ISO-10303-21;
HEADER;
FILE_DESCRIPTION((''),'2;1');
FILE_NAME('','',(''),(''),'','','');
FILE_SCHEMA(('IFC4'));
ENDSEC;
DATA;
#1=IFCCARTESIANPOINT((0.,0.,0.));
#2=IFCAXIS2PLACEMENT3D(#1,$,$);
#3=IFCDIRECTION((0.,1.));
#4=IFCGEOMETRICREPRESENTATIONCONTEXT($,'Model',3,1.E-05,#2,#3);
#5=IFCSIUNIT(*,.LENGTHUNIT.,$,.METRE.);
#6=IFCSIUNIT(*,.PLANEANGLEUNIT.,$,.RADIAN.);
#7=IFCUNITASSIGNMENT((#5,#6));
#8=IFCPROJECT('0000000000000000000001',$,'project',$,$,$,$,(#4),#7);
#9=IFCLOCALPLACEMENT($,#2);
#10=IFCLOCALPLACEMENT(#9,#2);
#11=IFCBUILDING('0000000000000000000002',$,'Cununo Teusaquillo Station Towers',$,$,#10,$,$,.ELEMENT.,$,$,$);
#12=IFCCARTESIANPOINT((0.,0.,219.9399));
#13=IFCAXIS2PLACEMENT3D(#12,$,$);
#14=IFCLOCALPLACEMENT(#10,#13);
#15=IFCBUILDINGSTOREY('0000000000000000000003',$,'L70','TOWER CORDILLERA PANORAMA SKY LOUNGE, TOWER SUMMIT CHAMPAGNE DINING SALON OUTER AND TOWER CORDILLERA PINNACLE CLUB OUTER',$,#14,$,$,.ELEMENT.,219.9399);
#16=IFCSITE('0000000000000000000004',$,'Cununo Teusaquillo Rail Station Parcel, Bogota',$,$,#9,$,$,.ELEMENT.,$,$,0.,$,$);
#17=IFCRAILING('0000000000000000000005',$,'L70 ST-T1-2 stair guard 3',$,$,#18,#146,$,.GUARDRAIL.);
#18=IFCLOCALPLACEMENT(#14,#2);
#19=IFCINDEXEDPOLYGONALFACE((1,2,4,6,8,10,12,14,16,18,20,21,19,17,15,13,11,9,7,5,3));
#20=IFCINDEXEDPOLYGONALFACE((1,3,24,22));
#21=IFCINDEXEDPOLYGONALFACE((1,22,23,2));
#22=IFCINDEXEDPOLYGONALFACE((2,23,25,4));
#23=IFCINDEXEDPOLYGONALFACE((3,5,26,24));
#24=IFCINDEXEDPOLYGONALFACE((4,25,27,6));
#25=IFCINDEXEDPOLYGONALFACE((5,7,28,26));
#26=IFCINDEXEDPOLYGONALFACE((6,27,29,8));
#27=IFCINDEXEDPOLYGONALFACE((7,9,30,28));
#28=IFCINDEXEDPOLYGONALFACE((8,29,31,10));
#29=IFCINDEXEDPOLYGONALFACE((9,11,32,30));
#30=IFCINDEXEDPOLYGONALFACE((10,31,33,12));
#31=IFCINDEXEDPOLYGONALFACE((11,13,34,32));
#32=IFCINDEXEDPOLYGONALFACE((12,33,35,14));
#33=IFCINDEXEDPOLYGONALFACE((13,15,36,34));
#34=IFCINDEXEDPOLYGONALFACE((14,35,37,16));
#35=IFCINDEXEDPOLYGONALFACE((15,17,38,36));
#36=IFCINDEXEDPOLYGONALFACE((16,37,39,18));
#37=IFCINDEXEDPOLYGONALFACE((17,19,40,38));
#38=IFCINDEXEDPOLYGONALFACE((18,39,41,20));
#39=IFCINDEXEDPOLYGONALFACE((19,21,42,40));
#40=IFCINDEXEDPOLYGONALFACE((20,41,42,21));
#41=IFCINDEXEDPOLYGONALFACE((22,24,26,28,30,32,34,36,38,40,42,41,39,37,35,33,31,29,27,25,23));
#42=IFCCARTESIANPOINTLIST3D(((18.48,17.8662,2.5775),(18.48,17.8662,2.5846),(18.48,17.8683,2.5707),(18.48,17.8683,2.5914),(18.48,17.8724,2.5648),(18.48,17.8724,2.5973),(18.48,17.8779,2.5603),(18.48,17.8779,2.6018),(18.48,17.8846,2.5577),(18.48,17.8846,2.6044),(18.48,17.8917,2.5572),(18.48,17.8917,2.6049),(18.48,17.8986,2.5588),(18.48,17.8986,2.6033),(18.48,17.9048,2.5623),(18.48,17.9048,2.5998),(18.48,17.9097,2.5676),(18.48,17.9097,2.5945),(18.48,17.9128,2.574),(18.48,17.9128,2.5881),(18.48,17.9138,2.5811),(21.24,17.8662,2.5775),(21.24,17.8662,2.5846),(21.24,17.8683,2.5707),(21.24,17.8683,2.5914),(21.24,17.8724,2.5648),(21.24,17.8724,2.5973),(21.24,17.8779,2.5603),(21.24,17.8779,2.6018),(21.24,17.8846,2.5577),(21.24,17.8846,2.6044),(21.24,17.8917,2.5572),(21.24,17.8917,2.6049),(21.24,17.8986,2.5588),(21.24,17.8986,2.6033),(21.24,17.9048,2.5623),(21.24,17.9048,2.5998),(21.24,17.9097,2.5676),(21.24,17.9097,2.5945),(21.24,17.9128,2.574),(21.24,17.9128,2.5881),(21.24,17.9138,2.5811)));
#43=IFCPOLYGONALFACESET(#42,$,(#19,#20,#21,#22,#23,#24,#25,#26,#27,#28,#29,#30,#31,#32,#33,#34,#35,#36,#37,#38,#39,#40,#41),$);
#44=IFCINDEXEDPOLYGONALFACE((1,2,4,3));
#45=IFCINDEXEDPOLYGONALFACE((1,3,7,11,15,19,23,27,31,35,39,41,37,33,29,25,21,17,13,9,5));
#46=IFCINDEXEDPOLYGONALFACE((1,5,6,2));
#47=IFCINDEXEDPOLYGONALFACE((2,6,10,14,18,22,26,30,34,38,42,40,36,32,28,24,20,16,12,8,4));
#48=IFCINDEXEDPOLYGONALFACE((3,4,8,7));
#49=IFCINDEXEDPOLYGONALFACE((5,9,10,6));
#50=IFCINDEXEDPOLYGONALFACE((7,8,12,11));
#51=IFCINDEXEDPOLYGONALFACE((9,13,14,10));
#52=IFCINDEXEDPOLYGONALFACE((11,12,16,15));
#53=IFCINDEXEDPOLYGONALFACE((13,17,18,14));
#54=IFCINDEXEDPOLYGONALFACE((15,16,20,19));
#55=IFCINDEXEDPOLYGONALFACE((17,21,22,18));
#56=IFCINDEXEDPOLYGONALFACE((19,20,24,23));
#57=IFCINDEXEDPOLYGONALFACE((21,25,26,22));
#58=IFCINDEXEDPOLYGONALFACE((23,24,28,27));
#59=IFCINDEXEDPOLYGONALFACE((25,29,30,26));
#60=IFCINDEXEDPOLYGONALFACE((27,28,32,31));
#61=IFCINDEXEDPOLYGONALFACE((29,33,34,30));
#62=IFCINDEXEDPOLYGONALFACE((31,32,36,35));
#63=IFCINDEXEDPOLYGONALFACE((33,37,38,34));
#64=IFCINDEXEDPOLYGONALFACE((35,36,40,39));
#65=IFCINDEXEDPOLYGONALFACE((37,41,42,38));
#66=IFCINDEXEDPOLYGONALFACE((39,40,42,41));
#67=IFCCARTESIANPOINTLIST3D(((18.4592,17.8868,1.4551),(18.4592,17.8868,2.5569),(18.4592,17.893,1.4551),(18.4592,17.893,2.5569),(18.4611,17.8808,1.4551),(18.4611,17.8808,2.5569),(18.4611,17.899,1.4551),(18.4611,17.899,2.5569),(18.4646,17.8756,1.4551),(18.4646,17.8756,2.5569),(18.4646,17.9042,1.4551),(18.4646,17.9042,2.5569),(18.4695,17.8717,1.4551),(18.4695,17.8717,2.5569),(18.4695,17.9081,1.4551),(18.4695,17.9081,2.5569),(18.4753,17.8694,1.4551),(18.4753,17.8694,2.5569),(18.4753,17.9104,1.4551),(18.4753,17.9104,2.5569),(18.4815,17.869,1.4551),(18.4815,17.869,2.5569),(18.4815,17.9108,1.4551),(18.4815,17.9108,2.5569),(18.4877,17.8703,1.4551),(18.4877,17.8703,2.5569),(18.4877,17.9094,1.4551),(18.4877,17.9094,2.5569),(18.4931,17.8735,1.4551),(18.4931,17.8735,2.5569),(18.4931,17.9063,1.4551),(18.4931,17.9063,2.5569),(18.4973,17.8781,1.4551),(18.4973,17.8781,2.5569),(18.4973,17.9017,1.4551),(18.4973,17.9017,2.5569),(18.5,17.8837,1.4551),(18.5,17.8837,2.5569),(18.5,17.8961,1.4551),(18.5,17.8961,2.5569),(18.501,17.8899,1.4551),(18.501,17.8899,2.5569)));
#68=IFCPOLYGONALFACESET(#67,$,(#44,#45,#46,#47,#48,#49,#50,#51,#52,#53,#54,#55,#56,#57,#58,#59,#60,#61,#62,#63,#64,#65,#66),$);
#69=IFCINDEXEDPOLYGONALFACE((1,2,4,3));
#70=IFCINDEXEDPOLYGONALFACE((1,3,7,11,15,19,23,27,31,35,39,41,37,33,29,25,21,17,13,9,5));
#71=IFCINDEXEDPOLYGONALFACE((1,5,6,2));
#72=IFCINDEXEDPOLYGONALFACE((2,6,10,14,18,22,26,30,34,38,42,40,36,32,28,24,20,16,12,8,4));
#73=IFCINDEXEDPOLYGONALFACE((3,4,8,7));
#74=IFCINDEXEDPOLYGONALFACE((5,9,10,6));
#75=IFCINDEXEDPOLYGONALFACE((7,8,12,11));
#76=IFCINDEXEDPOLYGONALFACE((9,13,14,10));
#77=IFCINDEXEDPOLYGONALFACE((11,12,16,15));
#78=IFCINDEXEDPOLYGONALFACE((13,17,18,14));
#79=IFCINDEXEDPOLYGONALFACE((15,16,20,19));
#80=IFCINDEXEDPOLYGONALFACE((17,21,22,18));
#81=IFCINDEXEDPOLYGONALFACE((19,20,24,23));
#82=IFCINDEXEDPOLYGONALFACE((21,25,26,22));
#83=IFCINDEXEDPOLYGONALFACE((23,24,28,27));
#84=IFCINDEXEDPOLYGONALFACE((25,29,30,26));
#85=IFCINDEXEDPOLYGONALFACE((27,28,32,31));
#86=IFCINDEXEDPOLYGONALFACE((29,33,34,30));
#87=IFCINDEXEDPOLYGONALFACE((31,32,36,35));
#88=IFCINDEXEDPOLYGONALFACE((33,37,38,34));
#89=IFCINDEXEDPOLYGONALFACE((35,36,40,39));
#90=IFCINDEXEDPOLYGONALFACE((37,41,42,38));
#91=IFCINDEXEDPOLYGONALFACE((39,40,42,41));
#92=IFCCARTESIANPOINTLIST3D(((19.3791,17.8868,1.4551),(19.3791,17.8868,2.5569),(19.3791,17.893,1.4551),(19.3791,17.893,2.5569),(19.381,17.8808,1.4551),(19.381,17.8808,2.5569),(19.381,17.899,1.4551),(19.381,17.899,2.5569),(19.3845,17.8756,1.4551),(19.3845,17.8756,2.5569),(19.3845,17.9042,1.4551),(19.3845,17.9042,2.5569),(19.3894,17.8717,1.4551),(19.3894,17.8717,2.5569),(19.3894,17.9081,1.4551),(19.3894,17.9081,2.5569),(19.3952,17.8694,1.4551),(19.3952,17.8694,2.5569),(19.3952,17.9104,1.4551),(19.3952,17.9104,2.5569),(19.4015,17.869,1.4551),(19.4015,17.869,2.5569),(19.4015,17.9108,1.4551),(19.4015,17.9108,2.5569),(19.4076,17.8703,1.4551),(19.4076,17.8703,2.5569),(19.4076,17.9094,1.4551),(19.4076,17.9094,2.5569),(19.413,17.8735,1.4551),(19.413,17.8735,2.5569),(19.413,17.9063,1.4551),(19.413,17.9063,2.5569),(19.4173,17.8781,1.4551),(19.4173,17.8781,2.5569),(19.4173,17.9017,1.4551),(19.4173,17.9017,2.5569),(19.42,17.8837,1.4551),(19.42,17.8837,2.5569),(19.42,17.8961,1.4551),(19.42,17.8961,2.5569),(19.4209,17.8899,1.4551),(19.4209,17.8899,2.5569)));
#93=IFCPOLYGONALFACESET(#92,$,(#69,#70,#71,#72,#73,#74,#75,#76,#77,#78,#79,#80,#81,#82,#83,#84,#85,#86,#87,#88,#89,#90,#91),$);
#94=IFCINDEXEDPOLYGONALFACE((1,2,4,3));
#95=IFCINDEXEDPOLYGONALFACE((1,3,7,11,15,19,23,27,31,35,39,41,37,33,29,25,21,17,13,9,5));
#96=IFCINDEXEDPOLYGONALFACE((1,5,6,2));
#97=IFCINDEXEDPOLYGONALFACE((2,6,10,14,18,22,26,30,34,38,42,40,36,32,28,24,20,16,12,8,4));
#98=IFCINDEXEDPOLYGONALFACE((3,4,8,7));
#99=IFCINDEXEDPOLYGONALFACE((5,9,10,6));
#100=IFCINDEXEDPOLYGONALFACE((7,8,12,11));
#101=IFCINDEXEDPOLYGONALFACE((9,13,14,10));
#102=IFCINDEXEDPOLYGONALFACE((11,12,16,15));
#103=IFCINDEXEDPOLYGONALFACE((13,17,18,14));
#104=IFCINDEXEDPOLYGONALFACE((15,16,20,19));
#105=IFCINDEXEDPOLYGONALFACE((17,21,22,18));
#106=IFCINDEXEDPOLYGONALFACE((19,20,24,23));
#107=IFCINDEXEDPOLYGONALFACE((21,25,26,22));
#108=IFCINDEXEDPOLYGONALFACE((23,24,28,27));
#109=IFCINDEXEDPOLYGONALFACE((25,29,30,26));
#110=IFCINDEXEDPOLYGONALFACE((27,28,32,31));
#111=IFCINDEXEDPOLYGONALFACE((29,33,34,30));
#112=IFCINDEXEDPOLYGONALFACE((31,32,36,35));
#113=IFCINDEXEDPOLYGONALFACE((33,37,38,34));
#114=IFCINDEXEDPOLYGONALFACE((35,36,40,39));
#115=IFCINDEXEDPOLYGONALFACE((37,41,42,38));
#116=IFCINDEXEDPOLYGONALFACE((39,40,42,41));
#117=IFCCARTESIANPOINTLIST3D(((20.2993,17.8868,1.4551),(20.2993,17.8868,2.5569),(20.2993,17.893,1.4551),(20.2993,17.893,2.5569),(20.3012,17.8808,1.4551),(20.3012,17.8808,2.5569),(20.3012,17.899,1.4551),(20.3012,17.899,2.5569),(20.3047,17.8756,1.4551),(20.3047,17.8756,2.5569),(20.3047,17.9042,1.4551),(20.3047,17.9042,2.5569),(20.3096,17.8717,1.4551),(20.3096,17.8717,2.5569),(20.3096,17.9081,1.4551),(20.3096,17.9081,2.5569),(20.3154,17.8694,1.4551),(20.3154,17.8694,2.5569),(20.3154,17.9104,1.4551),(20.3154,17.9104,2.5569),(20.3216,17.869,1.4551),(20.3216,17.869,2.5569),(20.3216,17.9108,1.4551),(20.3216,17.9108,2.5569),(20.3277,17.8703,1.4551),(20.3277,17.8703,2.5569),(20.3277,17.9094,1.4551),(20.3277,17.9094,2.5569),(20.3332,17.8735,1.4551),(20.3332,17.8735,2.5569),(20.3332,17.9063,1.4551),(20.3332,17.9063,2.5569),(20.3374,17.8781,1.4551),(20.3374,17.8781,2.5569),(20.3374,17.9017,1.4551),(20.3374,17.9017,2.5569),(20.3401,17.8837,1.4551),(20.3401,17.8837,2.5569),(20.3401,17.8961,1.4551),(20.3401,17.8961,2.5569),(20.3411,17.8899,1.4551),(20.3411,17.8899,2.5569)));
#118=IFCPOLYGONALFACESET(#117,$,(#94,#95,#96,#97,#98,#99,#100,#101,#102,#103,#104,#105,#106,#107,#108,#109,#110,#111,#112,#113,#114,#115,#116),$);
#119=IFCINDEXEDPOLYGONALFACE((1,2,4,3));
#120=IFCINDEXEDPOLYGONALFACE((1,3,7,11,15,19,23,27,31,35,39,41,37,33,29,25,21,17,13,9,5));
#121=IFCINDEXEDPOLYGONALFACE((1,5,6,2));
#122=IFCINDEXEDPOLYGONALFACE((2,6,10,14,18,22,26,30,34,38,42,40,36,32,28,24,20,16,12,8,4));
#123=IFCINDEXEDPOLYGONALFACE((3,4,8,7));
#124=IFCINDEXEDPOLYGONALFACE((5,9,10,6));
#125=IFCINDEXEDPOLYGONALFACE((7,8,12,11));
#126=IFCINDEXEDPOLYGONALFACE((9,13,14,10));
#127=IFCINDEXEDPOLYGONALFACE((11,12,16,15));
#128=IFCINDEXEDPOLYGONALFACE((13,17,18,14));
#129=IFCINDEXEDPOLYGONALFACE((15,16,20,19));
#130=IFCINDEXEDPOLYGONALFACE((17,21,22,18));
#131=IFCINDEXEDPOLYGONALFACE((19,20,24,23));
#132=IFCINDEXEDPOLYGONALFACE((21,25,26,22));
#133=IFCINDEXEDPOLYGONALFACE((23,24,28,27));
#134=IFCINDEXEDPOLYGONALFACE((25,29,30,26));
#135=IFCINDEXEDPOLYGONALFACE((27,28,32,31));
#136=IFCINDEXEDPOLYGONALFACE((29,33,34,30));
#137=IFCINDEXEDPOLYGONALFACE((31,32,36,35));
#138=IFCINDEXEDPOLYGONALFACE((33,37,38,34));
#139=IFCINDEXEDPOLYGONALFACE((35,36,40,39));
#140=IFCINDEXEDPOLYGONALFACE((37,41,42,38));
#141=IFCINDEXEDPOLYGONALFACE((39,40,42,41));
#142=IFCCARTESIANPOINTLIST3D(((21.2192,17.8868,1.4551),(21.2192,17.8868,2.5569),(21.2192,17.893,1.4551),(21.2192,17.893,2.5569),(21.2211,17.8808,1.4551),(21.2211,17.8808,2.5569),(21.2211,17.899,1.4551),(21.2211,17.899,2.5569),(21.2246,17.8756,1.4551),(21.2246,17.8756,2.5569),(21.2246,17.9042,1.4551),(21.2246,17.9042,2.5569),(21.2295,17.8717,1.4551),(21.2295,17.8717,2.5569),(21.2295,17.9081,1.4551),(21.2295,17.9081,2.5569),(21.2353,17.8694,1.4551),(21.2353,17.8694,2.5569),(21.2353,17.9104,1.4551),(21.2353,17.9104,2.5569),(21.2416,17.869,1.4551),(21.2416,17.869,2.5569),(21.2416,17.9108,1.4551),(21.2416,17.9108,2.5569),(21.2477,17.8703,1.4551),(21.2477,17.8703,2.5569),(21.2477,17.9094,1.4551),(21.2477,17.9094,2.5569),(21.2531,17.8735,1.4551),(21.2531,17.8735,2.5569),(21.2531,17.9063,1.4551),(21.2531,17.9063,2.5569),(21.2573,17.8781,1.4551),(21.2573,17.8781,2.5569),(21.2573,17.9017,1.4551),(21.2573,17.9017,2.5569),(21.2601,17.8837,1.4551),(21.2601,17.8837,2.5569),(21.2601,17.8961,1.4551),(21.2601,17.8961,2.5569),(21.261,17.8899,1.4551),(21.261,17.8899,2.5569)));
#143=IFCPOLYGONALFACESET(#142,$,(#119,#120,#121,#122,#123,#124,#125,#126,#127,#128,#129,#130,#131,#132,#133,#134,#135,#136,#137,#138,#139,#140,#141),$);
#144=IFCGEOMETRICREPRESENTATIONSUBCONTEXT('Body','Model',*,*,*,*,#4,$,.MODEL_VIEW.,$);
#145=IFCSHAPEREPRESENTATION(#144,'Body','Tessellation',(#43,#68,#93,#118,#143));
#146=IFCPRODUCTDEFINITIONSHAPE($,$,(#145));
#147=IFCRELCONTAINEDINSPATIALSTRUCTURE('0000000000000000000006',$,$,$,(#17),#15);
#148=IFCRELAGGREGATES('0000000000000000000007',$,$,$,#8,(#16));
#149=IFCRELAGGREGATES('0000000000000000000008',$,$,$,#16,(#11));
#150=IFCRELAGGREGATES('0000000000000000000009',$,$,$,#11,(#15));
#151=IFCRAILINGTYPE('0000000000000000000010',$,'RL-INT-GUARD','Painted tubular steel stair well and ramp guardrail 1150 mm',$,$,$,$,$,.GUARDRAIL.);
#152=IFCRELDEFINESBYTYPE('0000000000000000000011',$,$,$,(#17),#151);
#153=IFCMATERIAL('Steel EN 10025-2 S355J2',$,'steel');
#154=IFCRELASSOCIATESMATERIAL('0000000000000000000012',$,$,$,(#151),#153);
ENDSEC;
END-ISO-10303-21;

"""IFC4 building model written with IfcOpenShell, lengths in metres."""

from ifc_helpers import new_model, si_unit, direction, frame, origin, origin_2d, place, context, subcontext, project, spatial, circle, extrude, material, type_object, element, save


model = new_model("IFC4")

# Units and contexts
model_context = context("Model", 3, precision=1e-05, world=origin(), true_north=direction((0.0, 1.0)))
body_context = subcontext(model_context, "Body", "Model", "MODEL_VIEW")
ifc_project = project(units=[si_unit("LENGTHUNIT", "METRE"), si_unit("PLANEANGLEUNIT", "RADIAN")], contexts=[model_context])

# Site, building, storey
site_placement = place(None, origin())
site = spatial("IfcSite", under=ifc_project, at=site_placement, Name="Cununo Teusaquillo Rail Station Parcel, Bogota", CompositionType="ELEMENT", RefElevation=0.0)
building_placement = place(site_placement, origin())
building = spatial("IfcBuilding", under=site, at=building_placement, Name="Cununo Teusaquillo Station Towers", CompositionType="ELEMENT")
storey_placement = place(building_placement, frame((0.0, 0.0, 219.9399)))
storey = spatial("IfcBuildingStorey", under=building, at=storey_placement, Name="L70", Description="TOWER CORDILLERA PANORAMA SKY LOUNGE, TOWER SUMMIT CHAMPAGNE DINING SALON OUTER AND TOWER CORDILLERA PINNACLE CLUB OUTER", CompositionType="ELEMENT", Elevation=219.9399)

# Railing
ifc_material_1 = material(Name="Steel EN 10025-2 S355J2", Category="steel")
railing_type_1 = type_object("IfcRailingType", Name="RL-INT-GUARD", Description="Painted tubular steel stair well and ramp guardrail 1150 mm", PredefinedType="GUARDRAIL", material=ifc_material_1)
railing_1_placement = place(storey_placement, frame((18.48, 17.8899, 1.4551)))
element("IfcRailing", 1, at=railing_1_placement, inside=storey, type_object=railing_type_1, Name="L70 ST-T1-2 stair guard 3", PredefinedType="GUARDRAIL", context=body_context, shape_type="SweptSolid", body=[
    extrude(circle(Radius=0.0239, at=origin_2d()), frame((0.0, 0.0, 1.126), z_axis=(1.0, 0.0, 0.0), x_axis=(0.0, 1.0, 0.0)), (0.0, 0.0, 1.0), 2.76),
    extrude(circle(Radius=0.021, at=origin_2d()), origin(), (0.0, 0.0, 1.0), 1.1018),
    extrude(circle(Radius=0.021, at=origin_2d()), frame((0.9199, 0.0, 0.0)), (0.0, 0.0, 1.0), 1.1018),
    extrude(circle(Radius=0.021, at=origin_2d()), frame((1.8401, 0.0, 0.0)), (0.0, 0.0, 1.0), 1.1018),
    extrude(circle(Radius=0.021, at=origin_2d()), frame((2.76, 0.0, 0.0)), (0.0, 0.0, 1.0), 1.1018),
])

save(model, "model.ifc")
